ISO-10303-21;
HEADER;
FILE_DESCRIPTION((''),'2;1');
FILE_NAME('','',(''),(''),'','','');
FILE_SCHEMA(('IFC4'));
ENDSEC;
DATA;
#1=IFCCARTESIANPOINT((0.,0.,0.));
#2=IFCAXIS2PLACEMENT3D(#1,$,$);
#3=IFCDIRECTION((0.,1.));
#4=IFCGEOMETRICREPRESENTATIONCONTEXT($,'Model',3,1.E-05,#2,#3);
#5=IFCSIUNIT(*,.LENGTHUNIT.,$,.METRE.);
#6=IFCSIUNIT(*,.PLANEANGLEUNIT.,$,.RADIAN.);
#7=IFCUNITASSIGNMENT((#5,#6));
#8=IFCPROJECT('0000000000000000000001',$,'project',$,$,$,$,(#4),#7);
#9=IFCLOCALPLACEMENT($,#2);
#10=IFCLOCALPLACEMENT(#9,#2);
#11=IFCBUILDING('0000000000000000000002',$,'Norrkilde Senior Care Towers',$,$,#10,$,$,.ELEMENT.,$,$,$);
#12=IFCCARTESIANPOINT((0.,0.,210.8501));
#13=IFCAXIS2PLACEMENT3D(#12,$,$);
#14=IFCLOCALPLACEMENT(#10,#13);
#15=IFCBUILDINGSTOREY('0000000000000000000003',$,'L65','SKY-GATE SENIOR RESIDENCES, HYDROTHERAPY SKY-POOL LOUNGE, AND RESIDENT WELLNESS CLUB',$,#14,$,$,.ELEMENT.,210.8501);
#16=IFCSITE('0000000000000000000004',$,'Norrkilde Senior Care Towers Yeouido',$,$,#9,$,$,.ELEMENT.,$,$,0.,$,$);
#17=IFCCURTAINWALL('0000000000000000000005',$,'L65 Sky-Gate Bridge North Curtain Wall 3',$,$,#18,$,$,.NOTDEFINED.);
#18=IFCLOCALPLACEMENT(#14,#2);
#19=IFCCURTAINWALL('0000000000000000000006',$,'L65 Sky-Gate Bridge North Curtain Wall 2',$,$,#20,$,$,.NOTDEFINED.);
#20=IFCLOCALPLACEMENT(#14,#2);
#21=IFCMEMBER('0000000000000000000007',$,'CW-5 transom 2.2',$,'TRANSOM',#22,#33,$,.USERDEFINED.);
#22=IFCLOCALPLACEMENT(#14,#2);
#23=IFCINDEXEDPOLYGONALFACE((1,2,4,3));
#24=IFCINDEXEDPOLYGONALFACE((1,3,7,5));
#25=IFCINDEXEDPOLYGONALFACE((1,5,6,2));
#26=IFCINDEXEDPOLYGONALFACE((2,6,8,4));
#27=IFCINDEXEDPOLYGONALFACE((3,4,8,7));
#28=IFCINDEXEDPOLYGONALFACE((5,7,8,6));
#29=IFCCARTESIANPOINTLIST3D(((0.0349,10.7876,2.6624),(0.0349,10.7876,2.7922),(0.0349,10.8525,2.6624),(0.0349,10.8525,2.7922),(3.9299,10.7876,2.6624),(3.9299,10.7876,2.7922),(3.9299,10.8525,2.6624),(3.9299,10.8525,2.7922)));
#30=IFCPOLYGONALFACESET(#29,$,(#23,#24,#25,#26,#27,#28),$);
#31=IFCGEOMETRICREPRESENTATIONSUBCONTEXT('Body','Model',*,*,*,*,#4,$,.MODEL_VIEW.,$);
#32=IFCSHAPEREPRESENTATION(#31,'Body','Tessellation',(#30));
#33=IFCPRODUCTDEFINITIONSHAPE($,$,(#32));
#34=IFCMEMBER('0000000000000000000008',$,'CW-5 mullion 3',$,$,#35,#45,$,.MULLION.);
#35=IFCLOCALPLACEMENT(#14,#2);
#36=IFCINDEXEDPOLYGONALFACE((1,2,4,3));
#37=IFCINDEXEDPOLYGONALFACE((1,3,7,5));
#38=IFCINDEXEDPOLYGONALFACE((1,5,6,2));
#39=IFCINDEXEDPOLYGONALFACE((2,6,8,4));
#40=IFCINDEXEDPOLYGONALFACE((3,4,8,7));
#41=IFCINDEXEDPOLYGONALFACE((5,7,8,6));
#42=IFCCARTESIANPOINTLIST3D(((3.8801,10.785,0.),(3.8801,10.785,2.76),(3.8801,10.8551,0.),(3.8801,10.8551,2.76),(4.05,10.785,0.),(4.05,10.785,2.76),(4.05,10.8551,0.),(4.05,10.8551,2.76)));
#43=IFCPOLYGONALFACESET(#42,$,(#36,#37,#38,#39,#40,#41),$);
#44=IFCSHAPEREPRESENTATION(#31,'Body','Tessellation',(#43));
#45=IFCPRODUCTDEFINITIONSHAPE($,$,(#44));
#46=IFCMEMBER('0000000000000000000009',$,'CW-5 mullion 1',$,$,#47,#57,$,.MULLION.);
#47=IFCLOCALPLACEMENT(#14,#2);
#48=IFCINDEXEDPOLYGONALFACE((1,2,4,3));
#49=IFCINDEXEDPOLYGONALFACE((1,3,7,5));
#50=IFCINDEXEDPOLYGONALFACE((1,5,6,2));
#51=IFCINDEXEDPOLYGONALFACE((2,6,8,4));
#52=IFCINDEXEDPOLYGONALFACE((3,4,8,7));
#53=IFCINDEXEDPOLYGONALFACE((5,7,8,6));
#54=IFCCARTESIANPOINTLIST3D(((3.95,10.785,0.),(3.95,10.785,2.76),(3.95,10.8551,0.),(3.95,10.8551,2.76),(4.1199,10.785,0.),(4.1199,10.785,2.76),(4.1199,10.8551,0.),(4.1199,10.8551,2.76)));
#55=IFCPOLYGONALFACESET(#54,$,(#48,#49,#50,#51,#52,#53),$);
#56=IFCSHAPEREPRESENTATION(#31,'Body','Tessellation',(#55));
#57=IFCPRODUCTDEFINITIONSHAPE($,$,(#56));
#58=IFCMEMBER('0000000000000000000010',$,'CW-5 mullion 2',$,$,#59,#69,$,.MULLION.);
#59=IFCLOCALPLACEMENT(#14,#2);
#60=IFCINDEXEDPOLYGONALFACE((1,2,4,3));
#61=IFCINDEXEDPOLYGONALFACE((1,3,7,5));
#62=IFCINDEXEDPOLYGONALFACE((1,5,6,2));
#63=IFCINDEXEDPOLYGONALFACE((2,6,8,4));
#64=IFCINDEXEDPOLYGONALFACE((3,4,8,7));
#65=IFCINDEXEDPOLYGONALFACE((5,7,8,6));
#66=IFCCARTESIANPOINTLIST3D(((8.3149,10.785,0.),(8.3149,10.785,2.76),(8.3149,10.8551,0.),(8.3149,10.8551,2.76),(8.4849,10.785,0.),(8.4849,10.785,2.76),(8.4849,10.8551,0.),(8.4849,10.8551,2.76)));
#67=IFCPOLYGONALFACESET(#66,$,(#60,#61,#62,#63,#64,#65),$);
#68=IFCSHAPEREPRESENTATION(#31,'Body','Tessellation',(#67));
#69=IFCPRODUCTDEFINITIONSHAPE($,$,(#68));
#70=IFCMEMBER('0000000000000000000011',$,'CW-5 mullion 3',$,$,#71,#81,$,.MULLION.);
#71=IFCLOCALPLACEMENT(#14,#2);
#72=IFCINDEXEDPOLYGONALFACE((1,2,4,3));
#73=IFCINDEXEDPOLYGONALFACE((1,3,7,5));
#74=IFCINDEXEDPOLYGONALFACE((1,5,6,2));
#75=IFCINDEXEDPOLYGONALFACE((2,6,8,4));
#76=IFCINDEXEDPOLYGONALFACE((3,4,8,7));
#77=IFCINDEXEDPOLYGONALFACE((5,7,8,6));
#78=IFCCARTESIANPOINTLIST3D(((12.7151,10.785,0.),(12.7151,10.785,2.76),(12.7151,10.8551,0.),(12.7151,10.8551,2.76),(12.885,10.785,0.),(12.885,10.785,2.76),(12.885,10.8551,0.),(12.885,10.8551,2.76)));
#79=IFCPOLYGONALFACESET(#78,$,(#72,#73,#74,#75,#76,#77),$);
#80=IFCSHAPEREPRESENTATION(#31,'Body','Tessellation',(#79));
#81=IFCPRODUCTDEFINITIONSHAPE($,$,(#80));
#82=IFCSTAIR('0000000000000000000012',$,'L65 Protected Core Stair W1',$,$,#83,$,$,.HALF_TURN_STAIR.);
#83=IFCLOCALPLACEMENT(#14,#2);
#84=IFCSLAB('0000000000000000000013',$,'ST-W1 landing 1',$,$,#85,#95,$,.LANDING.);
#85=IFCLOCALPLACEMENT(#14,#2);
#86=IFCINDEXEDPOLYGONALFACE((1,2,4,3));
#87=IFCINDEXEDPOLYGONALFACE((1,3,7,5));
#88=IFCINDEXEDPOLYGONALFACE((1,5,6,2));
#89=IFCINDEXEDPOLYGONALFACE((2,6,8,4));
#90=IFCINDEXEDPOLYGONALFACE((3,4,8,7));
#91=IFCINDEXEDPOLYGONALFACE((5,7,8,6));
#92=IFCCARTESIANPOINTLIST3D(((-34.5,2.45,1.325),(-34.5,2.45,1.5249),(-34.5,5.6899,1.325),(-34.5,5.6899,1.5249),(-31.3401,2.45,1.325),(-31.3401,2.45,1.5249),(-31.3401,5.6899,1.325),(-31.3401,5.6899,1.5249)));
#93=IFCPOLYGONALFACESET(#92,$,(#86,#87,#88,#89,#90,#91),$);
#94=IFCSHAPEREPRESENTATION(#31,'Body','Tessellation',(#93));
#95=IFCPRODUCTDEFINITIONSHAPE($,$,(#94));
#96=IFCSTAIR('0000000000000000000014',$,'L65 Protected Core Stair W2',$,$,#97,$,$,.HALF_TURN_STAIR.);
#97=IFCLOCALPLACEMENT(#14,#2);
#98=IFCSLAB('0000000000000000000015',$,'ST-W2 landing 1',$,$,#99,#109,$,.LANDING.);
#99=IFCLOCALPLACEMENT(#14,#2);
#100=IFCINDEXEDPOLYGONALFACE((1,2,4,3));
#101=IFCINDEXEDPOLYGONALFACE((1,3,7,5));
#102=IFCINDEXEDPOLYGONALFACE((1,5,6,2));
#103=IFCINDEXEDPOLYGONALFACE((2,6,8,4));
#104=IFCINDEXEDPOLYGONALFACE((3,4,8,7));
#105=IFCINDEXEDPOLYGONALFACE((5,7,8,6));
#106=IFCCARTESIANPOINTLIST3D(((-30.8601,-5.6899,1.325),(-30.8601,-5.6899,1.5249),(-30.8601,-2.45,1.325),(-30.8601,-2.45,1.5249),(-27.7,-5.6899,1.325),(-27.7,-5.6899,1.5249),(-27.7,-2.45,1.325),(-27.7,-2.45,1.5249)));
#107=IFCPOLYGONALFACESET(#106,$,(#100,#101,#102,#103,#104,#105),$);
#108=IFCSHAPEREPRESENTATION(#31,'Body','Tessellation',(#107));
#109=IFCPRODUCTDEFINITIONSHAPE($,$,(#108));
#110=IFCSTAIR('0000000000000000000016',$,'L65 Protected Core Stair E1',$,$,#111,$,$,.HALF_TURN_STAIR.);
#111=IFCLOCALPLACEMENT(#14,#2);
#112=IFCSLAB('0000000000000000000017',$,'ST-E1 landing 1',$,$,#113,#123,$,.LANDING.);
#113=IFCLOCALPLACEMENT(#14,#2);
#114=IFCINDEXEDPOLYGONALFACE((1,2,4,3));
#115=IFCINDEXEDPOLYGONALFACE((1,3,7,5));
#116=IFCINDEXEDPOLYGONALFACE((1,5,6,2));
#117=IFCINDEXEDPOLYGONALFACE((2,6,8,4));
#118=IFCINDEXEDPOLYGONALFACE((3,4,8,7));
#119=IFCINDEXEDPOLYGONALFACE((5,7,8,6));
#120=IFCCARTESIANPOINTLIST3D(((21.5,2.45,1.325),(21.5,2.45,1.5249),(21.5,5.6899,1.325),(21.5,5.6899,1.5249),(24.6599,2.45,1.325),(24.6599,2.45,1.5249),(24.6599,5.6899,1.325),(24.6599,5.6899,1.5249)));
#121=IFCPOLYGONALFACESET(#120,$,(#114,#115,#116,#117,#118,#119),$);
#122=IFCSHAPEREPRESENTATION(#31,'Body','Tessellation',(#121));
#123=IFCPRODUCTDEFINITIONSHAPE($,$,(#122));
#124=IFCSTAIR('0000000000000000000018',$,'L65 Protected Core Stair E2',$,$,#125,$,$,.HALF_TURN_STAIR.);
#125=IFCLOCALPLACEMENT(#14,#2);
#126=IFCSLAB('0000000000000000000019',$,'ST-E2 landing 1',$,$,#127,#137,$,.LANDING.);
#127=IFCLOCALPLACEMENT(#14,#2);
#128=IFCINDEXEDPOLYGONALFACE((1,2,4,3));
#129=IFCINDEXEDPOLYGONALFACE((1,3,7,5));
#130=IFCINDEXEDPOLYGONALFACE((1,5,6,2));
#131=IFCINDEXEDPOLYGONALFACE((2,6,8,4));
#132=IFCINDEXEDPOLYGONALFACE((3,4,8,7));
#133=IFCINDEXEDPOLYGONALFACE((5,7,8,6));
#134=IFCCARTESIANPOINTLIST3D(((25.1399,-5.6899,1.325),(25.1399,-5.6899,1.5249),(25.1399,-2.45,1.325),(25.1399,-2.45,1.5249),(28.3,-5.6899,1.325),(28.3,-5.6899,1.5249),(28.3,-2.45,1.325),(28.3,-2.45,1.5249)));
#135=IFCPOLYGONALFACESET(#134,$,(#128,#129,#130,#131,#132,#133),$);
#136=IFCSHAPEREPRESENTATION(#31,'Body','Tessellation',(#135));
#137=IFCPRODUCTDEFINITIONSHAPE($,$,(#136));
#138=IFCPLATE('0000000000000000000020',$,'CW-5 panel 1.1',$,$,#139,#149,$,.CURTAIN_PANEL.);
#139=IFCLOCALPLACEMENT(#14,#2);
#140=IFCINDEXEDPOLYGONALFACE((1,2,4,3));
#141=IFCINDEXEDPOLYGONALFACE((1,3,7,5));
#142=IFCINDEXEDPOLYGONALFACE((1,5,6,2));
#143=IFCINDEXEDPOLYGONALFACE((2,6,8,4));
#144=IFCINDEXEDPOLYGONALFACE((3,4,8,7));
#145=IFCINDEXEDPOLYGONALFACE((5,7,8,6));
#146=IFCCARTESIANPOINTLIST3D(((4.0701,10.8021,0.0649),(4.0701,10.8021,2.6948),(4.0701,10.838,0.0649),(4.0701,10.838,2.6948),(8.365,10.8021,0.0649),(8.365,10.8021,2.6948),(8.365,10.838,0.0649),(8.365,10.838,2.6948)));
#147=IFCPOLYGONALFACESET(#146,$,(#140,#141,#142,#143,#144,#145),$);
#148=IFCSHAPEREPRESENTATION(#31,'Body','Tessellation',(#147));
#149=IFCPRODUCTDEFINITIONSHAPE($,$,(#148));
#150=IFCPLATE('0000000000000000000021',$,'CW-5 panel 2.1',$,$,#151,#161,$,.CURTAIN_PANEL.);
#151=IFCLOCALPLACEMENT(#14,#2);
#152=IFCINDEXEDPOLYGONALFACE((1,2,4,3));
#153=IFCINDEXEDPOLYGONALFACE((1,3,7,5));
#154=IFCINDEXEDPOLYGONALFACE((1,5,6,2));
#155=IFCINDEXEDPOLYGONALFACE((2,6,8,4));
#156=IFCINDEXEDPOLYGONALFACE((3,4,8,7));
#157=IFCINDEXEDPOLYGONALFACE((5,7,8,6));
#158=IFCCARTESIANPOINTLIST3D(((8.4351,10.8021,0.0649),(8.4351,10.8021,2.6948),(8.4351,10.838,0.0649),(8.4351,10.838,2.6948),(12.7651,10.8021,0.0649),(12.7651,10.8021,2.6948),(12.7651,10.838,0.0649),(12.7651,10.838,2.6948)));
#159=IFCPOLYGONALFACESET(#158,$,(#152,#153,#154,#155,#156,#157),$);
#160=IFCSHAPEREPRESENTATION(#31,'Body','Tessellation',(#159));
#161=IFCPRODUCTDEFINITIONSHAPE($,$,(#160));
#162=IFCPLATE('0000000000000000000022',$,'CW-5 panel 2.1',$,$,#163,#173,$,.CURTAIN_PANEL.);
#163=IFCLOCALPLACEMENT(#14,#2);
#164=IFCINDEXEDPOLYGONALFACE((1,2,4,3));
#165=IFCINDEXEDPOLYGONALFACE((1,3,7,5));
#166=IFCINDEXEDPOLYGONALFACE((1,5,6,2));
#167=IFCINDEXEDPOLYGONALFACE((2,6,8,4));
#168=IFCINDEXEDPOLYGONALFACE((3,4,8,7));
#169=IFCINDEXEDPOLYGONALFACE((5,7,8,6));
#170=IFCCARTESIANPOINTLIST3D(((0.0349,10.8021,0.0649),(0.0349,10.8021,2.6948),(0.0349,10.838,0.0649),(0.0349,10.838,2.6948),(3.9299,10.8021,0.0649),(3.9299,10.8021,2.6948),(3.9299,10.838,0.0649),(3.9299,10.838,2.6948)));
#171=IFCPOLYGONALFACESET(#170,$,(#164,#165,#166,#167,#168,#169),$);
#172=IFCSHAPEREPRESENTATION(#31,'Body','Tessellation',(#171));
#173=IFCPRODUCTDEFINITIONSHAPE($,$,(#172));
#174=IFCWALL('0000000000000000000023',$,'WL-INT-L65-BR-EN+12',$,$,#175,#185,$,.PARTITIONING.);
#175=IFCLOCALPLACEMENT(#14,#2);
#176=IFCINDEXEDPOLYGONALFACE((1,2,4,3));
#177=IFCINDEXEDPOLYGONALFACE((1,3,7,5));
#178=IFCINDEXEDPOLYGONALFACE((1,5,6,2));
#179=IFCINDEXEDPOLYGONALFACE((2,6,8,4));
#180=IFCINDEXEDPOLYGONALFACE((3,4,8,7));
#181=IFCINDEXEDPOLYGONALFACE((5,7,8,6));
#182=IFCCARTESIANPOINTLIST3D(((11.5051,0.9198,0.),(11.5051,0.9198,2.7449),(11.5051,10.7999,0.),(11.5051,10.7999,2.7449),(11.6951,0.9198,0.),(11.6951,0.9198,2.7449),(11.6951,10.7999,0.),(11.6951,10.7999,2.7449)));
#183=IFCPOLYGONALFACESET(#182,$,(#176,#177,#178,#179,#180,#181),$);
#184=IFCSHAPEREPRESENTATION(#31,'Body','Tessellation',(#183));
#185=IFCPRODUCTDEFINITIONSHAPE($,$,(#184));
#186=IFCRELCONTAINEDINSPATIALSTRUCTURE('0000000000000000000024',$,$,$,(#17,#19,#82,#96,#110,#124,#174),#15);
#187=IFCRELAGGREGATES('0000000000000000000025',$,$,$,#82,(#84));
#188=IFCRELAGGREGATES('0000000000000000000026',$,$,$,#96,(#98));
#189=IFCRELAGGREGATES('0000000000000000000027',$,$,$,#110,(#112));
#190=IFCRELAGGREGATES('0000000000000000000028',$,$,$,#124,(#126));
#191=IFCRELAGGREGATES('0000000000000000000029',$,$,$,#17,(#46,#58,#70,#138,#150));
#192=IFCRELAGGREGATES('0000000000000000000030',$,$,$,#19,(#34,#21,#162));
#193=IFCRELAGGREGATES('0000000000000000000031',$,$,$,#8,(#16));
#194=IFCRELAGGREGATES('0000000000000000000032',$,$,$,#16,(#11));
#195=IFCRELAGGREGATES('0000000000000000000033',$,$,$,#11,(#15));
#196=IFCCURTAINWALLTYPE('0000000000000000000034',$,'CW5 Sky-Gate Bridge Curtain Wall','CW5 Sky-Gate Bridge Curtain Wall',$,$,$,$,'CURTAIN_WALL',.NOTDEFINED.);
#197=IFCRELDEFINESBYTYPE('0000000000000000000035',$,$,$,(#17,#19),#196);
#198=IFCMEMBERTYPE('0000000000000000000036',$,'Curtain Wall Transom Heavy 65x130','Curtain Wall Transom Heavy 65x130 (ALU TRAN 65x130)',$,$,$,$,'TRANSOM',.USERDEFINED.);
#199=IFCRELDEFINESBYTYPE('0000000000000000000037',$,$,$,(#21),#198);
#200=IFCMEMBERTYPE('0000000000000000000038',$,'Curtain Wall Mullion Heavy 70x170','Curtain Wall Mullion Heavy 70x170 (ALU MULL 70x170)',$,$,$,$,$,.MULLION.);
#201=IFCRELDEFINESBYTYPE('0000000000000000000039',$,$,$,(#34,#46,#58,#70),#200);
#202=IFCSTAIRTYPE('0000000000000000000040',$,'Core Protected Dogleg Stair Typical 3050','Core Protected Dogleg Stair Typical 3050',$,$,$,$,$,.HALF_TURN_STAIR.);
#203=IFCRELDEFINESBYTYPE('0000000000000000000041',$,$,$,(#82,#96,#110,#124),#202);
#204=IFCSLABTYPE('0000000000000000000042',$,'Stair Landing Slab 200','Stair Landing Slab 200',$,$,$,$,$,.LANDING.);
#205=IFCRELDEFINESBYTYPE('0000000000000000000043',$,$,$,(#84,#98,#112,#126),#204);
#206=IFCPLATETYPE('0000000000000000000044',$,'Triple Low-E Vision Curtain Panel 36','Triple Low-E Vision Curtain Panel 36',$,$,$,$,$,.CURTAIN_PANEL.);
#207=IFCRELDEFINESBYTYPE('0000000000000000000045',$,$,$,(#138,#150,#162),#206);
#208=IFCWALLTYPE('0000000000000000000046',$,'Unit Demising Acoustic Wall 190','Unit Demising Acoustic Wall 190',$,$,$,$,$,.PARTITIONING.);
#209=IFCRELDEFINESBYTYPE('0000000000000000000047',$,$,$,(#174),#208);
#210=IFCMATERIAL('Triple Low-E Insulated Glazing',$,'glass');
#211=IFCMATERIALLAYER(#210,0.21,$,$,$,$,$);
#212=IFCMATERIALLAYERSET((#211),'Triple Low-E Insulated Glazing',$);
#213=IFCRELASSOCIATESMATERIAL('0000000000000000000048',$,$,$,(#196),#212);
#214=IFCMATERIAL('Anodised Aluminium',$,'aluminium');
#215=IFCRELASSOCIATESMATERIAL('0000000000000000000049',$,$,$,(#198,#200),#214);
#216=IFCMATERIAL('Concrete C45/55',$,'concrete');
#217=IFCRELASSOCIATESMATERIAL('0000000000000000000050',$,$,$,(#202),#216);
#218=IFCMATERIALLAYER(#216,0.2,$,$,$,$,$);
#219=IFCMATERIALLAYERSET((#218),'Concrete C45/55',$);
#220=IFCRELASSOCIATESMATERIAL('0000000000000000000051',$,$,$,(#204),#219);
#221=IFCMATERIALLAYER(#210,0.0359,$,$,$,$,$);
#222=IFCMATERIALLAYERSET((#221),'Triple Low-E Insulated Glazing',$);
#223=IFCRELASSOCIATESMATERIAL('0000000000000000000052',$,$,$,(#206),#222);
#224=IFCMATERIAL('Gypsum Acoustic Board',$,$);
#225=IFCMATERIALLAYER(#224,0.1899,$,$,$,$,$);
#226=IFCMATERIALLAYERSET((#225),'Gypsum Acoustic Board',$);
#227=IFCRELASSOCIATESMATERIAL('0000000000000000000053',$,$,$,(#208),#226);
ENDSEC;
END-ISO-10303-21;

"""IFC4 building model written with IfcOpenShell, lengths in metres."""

from ifc_helpers import new_model, si_unit, direction, frame, frame_2d, origin, origin_2d, place, context, subcontext, project, spatial, polyline, rectangle, outline, extrude, source, transform, mapped, material, layer, layer_set, material_profile, profile_set, type_object, type_shapes, element, aggregate, save


model = new_model("IFC4")

# Units and contexts
model_context = context("Model", 3, precision=1e-05, world=origin(), true_north=direction((0.0, 1.0)))
body_context = subcontext(model_context, "Body", "Model", "MODEL_VIEW")
ifc_project = project(units=[si_unit("LENGTHUNIT", "METRE"), si_unit("PLANEANGLEUNIT", "RADIAN")], contexts=[model_context])

# Site, building, storey
site_placement = place(None, origin())
site = spatial("IfcSite", under=ifc_project, at=site_placement, Name="Norrkilde Senior Care Towers Yeouido", CompositionType="ELEMENT", RefElevation=0.0)
building_placement = place(site_placement, origin())
building = spatial("IfcBuilding", under=site, at=building_placement, Name="Norrkilde Senior Care Towers", CompositionType="ELEMENT")
storey_placement = place(building_placement, frame((0.0, 0.0, 210.8501)))
storey = spatial("IfcBuildingStorey", under=building, at=storey_placement, Name="L65", Description="SKY-GATE SENIOR RESIDENCES, HYDROTHERAPY SKY-POOL LOUNGE, AND RESIDENT WELLNESS CLUB", CompositionType="ELEMENT", Elevation=210.8501)

# Curtain walls, members
ifc_material_1 = material(Name="Triple Low-E Insulated Glazing", Category="glass")
ifc_layer_1 = layer(ifc_material_1, 0.21)
ifc_layer_set_1 = layer_set([ifc_layer_1], Name="Triple Low-E Insulated Glazing")
curtain_wall_type = type_object("IfcCurtainWallType", Name="CW5 Sky-Gate Bridge Curtain Wall", Description="CW5 Sky-Gate Bridge Curtain Wall", ElementType="CURTAIN_WALL", PredefinedType="NOTDEFINED", material=ifc_layer_set_1)
curtain_wall_1_placement = place(storey_placement, origin())
curtain_wall_1 = element("IfcCurtainWall", 1, at=curtain_wall_1_placement, inside=storey, type_object=curtain_wall_type, Name="L65 Sky-Gate Bridge North Curtain Wall 3", PredefinedType="NOTDEFINED")
ifc_material_2 = material(Name="Anodised Aluminium", Category="aluminium")
ifc_material_profile_1 = material_profile(ifc_material_2, rectangle(XDim=0.0649, YDim=0.1299, at=origin_2d()), Name="ALU TRAN 65x130")
ifc_profile_set_1 = profile_set([ifc_material_profile_1], Name="Anodised Aluminium")
member_type_1 = type_object("IfcMemberType", Name="Curtain Wall Transom Heavy 65x130", Description="Curtain Wall Transom Heavy 65x130 (ALU TRAN 65x130)", ElementType="TRANSOM", PredefinedType="USERDEFINED", material=ifc_profile_set_1)
curtain_wall_2_placement = place(storey_placement, origin())
curtain_wall_2 = element("IfcCurtainWall", 2, at=curtain_wall_2_placement, inside=storey, type_object=curtain_wall_type, Name="L65 Sky-Gate Bridge North Curtain Wall 2", PredefinedType="NOTDEFINED")
shared_shape_1 = source(origin(), body_context, "Body", "SweptSolid", [
    extrude(rectangle(XDim=0.0649, YDim=0.1299, at=origin_2d()), origin(), (0.0, 0.0, 1.0), 3.895),
])
member_1_placement = place(storey_placement, frame((0.0349, 10.8201, 2.7273), z_axis=(1.0, 0.0, 0.0), x_axis=(0.0, 1.0, 0.0)))
member_1 = element("IfcMember", 3, at=member_1_placement, type_object=member_type_1, Name="CW-5 transom 2.2", ObjectType="TRANSOM", PredefinedType="USERDEFINED", context=body_context, shape_type="MappedRepresentation", body=[
    mapped(shared_shape_1, transform((0.0, 0.0, 0.0), x_axis=(1.0, 0.0, 0.0), y_axis=(0.0, 1.0, 0.0), z_axis=(0.0, 0.0, 1.0), scale=1.0)),
])
ifc_material_profile_2 = material_profile(ifc_material_2, rectangle(XDim=0.0701, YDim=0.1699, at=origin_2d()), Name="ALU MULL 70x170")
ifc_profile_set_2 = profile_set([ifc_material_profile_2], Name="Anodised Aluminium")
member_type_2 = type_object("IfcMemberType", Name="Curtain Wall Mullion Heavy 70x170", Description="Curtain Wall Mullion Heavy 70x170 (ALU MULL 70x170)", PredefinedType="MULLION", material=ifc_profile_set_2)
shared_shape_2 = source(origin(), body_context, "Body", "SweptSolid", [
    extrude(rectangle(XDim=0.0701, YDim=0.1699, at=origin_2d()), origin(), (0.0, 0.0, 1.0), 2.76),
])
type_shapes(member_type_2, [shared_shape_2])
member_2_placement = place(storey_placement, frame((3.9651, 10.8201, 0.0), z_axis=(0.0, 0.0, 1.0), x_axis=(0.0, 1.0, 0.0)))
member_2 = element("IfcMember", 4, at=member_2_placement, type_object=member_type_2, Name="CW-5 mullion 3", PredefinedType="MULLION", context=body_context, shape_type="MappedRepresentation", body=[
    mapped(shared_shape_2, transform((0.0, 0.0, 0.0), x_axis=(1.0, 0.0, 0.0), y_axis=(0.0, 1.0, 0.0), z_axis=(0.0, 0.0, 1.0), scale=1.0)),
])

# Members
member_3_placement = place(storey_placement, frame((4.0349, 10.8201, 0.0), z_axis=(0.0, 0.0, 1.0), x_axis=(0.0, 1.0, 0.0)))
member_3 = element("IfcMember", 5, at=member_3_placement, type_object=member_type_2, Name="CW-5 mullion 1", PredefinedType="MULLION", context=body_context, shape_type="MappedRepresentation", body=[
    mapped(shared_shape_2, transform((0.0, 0.0, 0.0), x_axis=(1.0, 0.0, 0.0), y_axis=(0.0, 1.0, 0.0), z_axis=(0.0, 0.0, 1.0), scale=1.0)),
])
member_4_placement = place(storey_placement, frame((8.3999, 10.8201, 0.0), z_axis=(0.0, 0.0, 1.0), x_axis=(0.0, 1.0, 0.0)))
member_4 = element("IfcMember", 6, at=member_4_placement, type_object=member_type_2, Name="CW-5 mullion 2", PredefinedType="MULLION", context=body_context, shape_type="MappedRepresentation", body=[
    mapped(shared_shape_2, transform((0.0, 0.0, 0.0), x_axis=(1.0, 0.0, 0.0), y_axis=(0.0, 1.0, 0.0), z_axis=(0.0, 0.0, 1.0), scale=1.0)),
])
member_5_placement = place(storey_placement, frame((12.8, 10.8201, 0.0), z_axis=(0.0, 0.0, 1.0), x_axis=(0.0, 1.0, 0.0)))
member_5 = element("IfcMember", 7, at=member_5_placement, type_object=member_type_2, Name="CW-5 mullion 3", PredefinedType="MULLION", context=body_context, shape_type="MappedRepresentation", body=[
    mapped(shared_shape_2, transform((0.0, 0.0, 0.0), x_axis=(1.0, 0.0, 0.0), y_axis=(0.0, 1.0, 0.0), z_axis=(0.0, 0.0, 1.0), scale=1.0)),
])

# Stairs, slabs
ifc_material_3 = material(Name="Concrete C45/55", Category="concrete")
stair_type = type_object("IfcStairType", Name="Core Protected Dogleg Stair Typical 3050", Description="Core Protected Dogleg Stair Typical 3050", PredefinedType="HALF_TURN_STAIR", material=ifc_material_3)
stair_1_placement = place(storey_placement, origin())
stair_1 = element("IfcStair", 8, at=stair_1_placement, inside=storey, type_object=stair_type, Name="L65 Protected Core Stair W1", PredefinedType="HALF_TURN_STAIR")
ifc_layer_2 = layer(ifc_material_3, 0.2)
ifc_layer_set_2 = layer_set([ifc_layer_2], Name="Concrete C45/55")
slab_type = type_object("IfcSlabType", Name="Stair Landing Slab 200", Description="Stair Landing Slab 200", PredefinedType="LANDING", material=ifc_layer_set_2)
slab_1_placement = place(storey_placement, frame((0.0, 0.0, 1.325)))
slab_1 = element("IfcSlab", 9, at=slab_1_placement, type_object=slab_type, Name="ST-W1 landing 1", PredefinedType="LANDING", context=body_context, shape_type="SweptSolid", body=[
    extrude(outline(polyline([(-31.3401, 5.6899), (-34.5, 5.6899), (-34.5, 2.45), (-31.3401, 2.45), (-31.3401, 5.6899)])), origin(), (0.0, 0.0, 1.0), 0.2),
])
aggregate(stair_1, [slab_1])
stair_2_placement = place(storey_placement, origin())
stair_2 = element("IfcStair", 10, at=stair_2_placement, inside=storey, type_object=stair_type, Name="L65 Protected Core Stair W2", PredefinedType="HALF_TURN_STAIR")
slab_2_placement = place(storey_placement, frame((0.0, 0.0, 1.325)))
slab_2 = element("IfcSlab", 11, at=slab_2_placement, type_object=slab_type, Name="ST-W2 landing 1", PredefinedType="LANDING", context=body_context, shape_type="SweptSolid", body=[
    extrude(outline(polyline([(-30.8601, -5.6899), (-27.7, -5.6899), (-27.7, -2.45), (-30.8601, -2.45), (-30.8601, -5.6899)])), origin(), (0.0, 0.0, 1.0), 0.2),
])
aggregate(stair_2, [slab_2])
stair_3_placement = place(storey_placement, origin())
stair_3 = element("IfcStair", 12, at=stair_3_placement, inside=storey, type_object=stair_type, Name="L65 Protected Core Stair E1", PredefinedType="HALF_TURN_STAIR")
slab_3_placement = place(storey_placement, frame((0.0, 0.0, 1.325)))
slab_3 = element("IfcSlab", 13, at=slab_3_placement, type_object=slab_type, Name="ST-E1 landing 1", PredefinedType="LANDING", context=body_context, shape_type="SweptSolid", body=[
    extrude(outline(polyline([(24.6599, 5.6899), (21.5, 5.6899), (21.5, 2.45), (24.6599, 2.45), (24.6599, 5.6899)])), origin(), (0.0, 0.0, 1.0), 0.2),
])
aggregate(stair_3, [slab_3])
stair_4_placement = place(storey_placement, origin())
stair_4 = element("IfcStair", 14, at=stair_4_placement, inside=storey, type_object=stair_type, Name="L65 Protected Core Stair E2", PredefinedType="HALF_TURN_STAIR")
slab_4_placement = place(storey_placement, frame((0.0, 0.0, 1.325)))
slab_4 = element("IfcSlab", 15, at=slab_4_placement, type_object=slab_type, Name="ST-E2 landing 1", PredefinedType="LANDING", context=body_context, shape_type="SweptSolid", body=[
    extrude(outline(polyline([(25.1399, -5.6899), (28.3, -5.6899), (28.3, -2.45), (25.1399, -2.45), (25.1399, -5.6899)])), origin(), (0.0, 0.0, 1.0), 0.2),
])
aggregate(stair_4, [slab_4])

# Plates
ifc_layer_3 = layer(ifc_material_1, 0.0359)
ifc_layer_set_3 = layer_set([ifc_layer_3], Name="Triple Low-E Insulated Glazing")
plate_type = type_object("IfcPlateType", Name="Triple Low-E Vision Curtain Panel 36", Description="Triple Low-E Vision Curtain Panel 36", PredefinedType="CURTAIN_PANEL", material=ifc_layer_set_3)
shared_shape_3 = source(origin(), body_context, "Body", "SweptSolid", [
    extrude(rectangle(XDim=4.2949, YDim=0.0359, at=origin_2d()), origin(), (0.0, 0.0, 1.0), 2.6299),
])
plate_1_placement = place(storey_placement, frame((6.2175, 10.8201, 0.0649), z_axis=(0.0, 0.0, 1.0), x_axis=(1.0, 0.0, 0.0)))
plate_1 = element("IfcPlate", 16, at=plate_1_placement, type_object=plate_type, Name="CW-5 panel 1.1", PredefinedType="CURTAIN_PANEL", context=body_context, shape_type="MappedRepresentation", body=[
    mapped(shared_shape_3, transform((0.0, 0.0, 0.0), x_axis=(1.0, 0.0, 0.0), y_axis=(0.0, 1.0, 0.0), z_axis=(0.0, 0.0, 1.0), scale=1.0)),
])
shared_shape_4 = source(origin(), body_context, "Body", "SweptSolid", [
    extrude(rectangle(XDim=4.3301, YDim=0.0359, at=origin_2d()), origin(), (0.0, 0.0, 1.0), 2.6299),
])
plate_2_placement = place(storey_placement, frame((10.6001, 10.8201, 0.0649), z_axis=(0.0, 0.0, 1.0), x_axis=(1.0, 0.0, 0.0)))
plate_2 = element("IfcPlate", 17, at=plate_2_placement, type_object=plate_type, Name="CW-5 panel 2.1", PredefinedType="CURTAIN_PANEL", context=body_context, shape_type="MappedRepresentation", body=[
    mapped(shared_shape_4, transform((0.0, 0.0, 0.0), x_axis=(1.0, 0.0, 0.0), y_axis=(0.0, 1.0, 0.0), z_axis=(0.0, 0.0, 1.0), scale=1.0)),
])
aggregate(curtain_wall_1, [member_3, member_4, member_5, plate_1, plate_2])
shared_shape_5 = source(origin(), body_context, "Body", "SweptSolid", [
    extrude(rectangle(XDim=3.895, YDim=0.0359, at=origin_2d()), origin(), (0.0, 0.0, 1.0), 2.6299),
])
type_shapes(plate_type, [shared_shape_3, shared_shape_4, shared_shape_5])
plate_3_placement = place(storey_placement, frame((1.9824, 10.8201, 0.0649), z_axis=(0.0, 0.0, 1.0), x_axis=(1.0, 0.0, 0.0)))
plate_3 = element("IfcPlate", 18, at=plate_3_placement, type_object=plate_type, Name="CW-5 panel 2.1", PredefinedType="CURTAIN_PANEL", context=body_context, shape_type="MappedRepresentation", body=[
    mapped(shared_shape_5, transform((0.0, 0.0, 0.0), x_axis=(1.0, 0.0, 0.0), y_axis=(0.0, 1.0, 0.0), z_axis=(0.0, 0.0, 1.0), scale=1.0)),
])
aggregate(curtain_wall_2, [member_2, member_1, plate_3])

# Wall
ifc_material_4 = material(Name="Gypsum Acoustic Board")
ifc_layer_4 = layer(ifc_material_4, 0.1899)
ifc_layer_set_4 = layer_set([ifc_layer_4], Name="Gypsum Acoustic Board")
wall_type = type_object("IfcWallType", Name="Unit Demising Acoustic Wall 190", Description="Unit Demising Acoustic Wall 190", PredefinedType="PARTITIONING", material=ifc_layer_set_4)
shared_shape_6 = source(origin(), body_context, "Body", "SweptSolid", [
    extrude(rectangle(XDim=9.8801, YDim=0.1899, at=frame_2d((4.9399, 0.0))), origin(), (0.0, 0.0, 1.0), 2.7449),
])
wall_placement = place(storey_placement, frame((11.6001, 0.9199, 0.0), z_axis=(0.0, 0.0, 1.0), x_axis=(0.0, 1.0, 0.0)))
element("IfcWall", 19, at=wall_placement, inside=storey, type_object=wall_type, Name="WL-INT-L65-BR-EN+12", PredefinedType="PARTITIONING", context=body_context, shape_type="MappedRepresentation", body=[
    mapped(shared_shape_6, transform((0.0, 0.0, 0.0), x_axis=(1.0, 0.0, 0.0), y_axis=(0.0, 1.0, 0.0), z_axis=(0.0, 0.0, 1.0), scale=1.0)),
])

save(model, "model.ifc")
